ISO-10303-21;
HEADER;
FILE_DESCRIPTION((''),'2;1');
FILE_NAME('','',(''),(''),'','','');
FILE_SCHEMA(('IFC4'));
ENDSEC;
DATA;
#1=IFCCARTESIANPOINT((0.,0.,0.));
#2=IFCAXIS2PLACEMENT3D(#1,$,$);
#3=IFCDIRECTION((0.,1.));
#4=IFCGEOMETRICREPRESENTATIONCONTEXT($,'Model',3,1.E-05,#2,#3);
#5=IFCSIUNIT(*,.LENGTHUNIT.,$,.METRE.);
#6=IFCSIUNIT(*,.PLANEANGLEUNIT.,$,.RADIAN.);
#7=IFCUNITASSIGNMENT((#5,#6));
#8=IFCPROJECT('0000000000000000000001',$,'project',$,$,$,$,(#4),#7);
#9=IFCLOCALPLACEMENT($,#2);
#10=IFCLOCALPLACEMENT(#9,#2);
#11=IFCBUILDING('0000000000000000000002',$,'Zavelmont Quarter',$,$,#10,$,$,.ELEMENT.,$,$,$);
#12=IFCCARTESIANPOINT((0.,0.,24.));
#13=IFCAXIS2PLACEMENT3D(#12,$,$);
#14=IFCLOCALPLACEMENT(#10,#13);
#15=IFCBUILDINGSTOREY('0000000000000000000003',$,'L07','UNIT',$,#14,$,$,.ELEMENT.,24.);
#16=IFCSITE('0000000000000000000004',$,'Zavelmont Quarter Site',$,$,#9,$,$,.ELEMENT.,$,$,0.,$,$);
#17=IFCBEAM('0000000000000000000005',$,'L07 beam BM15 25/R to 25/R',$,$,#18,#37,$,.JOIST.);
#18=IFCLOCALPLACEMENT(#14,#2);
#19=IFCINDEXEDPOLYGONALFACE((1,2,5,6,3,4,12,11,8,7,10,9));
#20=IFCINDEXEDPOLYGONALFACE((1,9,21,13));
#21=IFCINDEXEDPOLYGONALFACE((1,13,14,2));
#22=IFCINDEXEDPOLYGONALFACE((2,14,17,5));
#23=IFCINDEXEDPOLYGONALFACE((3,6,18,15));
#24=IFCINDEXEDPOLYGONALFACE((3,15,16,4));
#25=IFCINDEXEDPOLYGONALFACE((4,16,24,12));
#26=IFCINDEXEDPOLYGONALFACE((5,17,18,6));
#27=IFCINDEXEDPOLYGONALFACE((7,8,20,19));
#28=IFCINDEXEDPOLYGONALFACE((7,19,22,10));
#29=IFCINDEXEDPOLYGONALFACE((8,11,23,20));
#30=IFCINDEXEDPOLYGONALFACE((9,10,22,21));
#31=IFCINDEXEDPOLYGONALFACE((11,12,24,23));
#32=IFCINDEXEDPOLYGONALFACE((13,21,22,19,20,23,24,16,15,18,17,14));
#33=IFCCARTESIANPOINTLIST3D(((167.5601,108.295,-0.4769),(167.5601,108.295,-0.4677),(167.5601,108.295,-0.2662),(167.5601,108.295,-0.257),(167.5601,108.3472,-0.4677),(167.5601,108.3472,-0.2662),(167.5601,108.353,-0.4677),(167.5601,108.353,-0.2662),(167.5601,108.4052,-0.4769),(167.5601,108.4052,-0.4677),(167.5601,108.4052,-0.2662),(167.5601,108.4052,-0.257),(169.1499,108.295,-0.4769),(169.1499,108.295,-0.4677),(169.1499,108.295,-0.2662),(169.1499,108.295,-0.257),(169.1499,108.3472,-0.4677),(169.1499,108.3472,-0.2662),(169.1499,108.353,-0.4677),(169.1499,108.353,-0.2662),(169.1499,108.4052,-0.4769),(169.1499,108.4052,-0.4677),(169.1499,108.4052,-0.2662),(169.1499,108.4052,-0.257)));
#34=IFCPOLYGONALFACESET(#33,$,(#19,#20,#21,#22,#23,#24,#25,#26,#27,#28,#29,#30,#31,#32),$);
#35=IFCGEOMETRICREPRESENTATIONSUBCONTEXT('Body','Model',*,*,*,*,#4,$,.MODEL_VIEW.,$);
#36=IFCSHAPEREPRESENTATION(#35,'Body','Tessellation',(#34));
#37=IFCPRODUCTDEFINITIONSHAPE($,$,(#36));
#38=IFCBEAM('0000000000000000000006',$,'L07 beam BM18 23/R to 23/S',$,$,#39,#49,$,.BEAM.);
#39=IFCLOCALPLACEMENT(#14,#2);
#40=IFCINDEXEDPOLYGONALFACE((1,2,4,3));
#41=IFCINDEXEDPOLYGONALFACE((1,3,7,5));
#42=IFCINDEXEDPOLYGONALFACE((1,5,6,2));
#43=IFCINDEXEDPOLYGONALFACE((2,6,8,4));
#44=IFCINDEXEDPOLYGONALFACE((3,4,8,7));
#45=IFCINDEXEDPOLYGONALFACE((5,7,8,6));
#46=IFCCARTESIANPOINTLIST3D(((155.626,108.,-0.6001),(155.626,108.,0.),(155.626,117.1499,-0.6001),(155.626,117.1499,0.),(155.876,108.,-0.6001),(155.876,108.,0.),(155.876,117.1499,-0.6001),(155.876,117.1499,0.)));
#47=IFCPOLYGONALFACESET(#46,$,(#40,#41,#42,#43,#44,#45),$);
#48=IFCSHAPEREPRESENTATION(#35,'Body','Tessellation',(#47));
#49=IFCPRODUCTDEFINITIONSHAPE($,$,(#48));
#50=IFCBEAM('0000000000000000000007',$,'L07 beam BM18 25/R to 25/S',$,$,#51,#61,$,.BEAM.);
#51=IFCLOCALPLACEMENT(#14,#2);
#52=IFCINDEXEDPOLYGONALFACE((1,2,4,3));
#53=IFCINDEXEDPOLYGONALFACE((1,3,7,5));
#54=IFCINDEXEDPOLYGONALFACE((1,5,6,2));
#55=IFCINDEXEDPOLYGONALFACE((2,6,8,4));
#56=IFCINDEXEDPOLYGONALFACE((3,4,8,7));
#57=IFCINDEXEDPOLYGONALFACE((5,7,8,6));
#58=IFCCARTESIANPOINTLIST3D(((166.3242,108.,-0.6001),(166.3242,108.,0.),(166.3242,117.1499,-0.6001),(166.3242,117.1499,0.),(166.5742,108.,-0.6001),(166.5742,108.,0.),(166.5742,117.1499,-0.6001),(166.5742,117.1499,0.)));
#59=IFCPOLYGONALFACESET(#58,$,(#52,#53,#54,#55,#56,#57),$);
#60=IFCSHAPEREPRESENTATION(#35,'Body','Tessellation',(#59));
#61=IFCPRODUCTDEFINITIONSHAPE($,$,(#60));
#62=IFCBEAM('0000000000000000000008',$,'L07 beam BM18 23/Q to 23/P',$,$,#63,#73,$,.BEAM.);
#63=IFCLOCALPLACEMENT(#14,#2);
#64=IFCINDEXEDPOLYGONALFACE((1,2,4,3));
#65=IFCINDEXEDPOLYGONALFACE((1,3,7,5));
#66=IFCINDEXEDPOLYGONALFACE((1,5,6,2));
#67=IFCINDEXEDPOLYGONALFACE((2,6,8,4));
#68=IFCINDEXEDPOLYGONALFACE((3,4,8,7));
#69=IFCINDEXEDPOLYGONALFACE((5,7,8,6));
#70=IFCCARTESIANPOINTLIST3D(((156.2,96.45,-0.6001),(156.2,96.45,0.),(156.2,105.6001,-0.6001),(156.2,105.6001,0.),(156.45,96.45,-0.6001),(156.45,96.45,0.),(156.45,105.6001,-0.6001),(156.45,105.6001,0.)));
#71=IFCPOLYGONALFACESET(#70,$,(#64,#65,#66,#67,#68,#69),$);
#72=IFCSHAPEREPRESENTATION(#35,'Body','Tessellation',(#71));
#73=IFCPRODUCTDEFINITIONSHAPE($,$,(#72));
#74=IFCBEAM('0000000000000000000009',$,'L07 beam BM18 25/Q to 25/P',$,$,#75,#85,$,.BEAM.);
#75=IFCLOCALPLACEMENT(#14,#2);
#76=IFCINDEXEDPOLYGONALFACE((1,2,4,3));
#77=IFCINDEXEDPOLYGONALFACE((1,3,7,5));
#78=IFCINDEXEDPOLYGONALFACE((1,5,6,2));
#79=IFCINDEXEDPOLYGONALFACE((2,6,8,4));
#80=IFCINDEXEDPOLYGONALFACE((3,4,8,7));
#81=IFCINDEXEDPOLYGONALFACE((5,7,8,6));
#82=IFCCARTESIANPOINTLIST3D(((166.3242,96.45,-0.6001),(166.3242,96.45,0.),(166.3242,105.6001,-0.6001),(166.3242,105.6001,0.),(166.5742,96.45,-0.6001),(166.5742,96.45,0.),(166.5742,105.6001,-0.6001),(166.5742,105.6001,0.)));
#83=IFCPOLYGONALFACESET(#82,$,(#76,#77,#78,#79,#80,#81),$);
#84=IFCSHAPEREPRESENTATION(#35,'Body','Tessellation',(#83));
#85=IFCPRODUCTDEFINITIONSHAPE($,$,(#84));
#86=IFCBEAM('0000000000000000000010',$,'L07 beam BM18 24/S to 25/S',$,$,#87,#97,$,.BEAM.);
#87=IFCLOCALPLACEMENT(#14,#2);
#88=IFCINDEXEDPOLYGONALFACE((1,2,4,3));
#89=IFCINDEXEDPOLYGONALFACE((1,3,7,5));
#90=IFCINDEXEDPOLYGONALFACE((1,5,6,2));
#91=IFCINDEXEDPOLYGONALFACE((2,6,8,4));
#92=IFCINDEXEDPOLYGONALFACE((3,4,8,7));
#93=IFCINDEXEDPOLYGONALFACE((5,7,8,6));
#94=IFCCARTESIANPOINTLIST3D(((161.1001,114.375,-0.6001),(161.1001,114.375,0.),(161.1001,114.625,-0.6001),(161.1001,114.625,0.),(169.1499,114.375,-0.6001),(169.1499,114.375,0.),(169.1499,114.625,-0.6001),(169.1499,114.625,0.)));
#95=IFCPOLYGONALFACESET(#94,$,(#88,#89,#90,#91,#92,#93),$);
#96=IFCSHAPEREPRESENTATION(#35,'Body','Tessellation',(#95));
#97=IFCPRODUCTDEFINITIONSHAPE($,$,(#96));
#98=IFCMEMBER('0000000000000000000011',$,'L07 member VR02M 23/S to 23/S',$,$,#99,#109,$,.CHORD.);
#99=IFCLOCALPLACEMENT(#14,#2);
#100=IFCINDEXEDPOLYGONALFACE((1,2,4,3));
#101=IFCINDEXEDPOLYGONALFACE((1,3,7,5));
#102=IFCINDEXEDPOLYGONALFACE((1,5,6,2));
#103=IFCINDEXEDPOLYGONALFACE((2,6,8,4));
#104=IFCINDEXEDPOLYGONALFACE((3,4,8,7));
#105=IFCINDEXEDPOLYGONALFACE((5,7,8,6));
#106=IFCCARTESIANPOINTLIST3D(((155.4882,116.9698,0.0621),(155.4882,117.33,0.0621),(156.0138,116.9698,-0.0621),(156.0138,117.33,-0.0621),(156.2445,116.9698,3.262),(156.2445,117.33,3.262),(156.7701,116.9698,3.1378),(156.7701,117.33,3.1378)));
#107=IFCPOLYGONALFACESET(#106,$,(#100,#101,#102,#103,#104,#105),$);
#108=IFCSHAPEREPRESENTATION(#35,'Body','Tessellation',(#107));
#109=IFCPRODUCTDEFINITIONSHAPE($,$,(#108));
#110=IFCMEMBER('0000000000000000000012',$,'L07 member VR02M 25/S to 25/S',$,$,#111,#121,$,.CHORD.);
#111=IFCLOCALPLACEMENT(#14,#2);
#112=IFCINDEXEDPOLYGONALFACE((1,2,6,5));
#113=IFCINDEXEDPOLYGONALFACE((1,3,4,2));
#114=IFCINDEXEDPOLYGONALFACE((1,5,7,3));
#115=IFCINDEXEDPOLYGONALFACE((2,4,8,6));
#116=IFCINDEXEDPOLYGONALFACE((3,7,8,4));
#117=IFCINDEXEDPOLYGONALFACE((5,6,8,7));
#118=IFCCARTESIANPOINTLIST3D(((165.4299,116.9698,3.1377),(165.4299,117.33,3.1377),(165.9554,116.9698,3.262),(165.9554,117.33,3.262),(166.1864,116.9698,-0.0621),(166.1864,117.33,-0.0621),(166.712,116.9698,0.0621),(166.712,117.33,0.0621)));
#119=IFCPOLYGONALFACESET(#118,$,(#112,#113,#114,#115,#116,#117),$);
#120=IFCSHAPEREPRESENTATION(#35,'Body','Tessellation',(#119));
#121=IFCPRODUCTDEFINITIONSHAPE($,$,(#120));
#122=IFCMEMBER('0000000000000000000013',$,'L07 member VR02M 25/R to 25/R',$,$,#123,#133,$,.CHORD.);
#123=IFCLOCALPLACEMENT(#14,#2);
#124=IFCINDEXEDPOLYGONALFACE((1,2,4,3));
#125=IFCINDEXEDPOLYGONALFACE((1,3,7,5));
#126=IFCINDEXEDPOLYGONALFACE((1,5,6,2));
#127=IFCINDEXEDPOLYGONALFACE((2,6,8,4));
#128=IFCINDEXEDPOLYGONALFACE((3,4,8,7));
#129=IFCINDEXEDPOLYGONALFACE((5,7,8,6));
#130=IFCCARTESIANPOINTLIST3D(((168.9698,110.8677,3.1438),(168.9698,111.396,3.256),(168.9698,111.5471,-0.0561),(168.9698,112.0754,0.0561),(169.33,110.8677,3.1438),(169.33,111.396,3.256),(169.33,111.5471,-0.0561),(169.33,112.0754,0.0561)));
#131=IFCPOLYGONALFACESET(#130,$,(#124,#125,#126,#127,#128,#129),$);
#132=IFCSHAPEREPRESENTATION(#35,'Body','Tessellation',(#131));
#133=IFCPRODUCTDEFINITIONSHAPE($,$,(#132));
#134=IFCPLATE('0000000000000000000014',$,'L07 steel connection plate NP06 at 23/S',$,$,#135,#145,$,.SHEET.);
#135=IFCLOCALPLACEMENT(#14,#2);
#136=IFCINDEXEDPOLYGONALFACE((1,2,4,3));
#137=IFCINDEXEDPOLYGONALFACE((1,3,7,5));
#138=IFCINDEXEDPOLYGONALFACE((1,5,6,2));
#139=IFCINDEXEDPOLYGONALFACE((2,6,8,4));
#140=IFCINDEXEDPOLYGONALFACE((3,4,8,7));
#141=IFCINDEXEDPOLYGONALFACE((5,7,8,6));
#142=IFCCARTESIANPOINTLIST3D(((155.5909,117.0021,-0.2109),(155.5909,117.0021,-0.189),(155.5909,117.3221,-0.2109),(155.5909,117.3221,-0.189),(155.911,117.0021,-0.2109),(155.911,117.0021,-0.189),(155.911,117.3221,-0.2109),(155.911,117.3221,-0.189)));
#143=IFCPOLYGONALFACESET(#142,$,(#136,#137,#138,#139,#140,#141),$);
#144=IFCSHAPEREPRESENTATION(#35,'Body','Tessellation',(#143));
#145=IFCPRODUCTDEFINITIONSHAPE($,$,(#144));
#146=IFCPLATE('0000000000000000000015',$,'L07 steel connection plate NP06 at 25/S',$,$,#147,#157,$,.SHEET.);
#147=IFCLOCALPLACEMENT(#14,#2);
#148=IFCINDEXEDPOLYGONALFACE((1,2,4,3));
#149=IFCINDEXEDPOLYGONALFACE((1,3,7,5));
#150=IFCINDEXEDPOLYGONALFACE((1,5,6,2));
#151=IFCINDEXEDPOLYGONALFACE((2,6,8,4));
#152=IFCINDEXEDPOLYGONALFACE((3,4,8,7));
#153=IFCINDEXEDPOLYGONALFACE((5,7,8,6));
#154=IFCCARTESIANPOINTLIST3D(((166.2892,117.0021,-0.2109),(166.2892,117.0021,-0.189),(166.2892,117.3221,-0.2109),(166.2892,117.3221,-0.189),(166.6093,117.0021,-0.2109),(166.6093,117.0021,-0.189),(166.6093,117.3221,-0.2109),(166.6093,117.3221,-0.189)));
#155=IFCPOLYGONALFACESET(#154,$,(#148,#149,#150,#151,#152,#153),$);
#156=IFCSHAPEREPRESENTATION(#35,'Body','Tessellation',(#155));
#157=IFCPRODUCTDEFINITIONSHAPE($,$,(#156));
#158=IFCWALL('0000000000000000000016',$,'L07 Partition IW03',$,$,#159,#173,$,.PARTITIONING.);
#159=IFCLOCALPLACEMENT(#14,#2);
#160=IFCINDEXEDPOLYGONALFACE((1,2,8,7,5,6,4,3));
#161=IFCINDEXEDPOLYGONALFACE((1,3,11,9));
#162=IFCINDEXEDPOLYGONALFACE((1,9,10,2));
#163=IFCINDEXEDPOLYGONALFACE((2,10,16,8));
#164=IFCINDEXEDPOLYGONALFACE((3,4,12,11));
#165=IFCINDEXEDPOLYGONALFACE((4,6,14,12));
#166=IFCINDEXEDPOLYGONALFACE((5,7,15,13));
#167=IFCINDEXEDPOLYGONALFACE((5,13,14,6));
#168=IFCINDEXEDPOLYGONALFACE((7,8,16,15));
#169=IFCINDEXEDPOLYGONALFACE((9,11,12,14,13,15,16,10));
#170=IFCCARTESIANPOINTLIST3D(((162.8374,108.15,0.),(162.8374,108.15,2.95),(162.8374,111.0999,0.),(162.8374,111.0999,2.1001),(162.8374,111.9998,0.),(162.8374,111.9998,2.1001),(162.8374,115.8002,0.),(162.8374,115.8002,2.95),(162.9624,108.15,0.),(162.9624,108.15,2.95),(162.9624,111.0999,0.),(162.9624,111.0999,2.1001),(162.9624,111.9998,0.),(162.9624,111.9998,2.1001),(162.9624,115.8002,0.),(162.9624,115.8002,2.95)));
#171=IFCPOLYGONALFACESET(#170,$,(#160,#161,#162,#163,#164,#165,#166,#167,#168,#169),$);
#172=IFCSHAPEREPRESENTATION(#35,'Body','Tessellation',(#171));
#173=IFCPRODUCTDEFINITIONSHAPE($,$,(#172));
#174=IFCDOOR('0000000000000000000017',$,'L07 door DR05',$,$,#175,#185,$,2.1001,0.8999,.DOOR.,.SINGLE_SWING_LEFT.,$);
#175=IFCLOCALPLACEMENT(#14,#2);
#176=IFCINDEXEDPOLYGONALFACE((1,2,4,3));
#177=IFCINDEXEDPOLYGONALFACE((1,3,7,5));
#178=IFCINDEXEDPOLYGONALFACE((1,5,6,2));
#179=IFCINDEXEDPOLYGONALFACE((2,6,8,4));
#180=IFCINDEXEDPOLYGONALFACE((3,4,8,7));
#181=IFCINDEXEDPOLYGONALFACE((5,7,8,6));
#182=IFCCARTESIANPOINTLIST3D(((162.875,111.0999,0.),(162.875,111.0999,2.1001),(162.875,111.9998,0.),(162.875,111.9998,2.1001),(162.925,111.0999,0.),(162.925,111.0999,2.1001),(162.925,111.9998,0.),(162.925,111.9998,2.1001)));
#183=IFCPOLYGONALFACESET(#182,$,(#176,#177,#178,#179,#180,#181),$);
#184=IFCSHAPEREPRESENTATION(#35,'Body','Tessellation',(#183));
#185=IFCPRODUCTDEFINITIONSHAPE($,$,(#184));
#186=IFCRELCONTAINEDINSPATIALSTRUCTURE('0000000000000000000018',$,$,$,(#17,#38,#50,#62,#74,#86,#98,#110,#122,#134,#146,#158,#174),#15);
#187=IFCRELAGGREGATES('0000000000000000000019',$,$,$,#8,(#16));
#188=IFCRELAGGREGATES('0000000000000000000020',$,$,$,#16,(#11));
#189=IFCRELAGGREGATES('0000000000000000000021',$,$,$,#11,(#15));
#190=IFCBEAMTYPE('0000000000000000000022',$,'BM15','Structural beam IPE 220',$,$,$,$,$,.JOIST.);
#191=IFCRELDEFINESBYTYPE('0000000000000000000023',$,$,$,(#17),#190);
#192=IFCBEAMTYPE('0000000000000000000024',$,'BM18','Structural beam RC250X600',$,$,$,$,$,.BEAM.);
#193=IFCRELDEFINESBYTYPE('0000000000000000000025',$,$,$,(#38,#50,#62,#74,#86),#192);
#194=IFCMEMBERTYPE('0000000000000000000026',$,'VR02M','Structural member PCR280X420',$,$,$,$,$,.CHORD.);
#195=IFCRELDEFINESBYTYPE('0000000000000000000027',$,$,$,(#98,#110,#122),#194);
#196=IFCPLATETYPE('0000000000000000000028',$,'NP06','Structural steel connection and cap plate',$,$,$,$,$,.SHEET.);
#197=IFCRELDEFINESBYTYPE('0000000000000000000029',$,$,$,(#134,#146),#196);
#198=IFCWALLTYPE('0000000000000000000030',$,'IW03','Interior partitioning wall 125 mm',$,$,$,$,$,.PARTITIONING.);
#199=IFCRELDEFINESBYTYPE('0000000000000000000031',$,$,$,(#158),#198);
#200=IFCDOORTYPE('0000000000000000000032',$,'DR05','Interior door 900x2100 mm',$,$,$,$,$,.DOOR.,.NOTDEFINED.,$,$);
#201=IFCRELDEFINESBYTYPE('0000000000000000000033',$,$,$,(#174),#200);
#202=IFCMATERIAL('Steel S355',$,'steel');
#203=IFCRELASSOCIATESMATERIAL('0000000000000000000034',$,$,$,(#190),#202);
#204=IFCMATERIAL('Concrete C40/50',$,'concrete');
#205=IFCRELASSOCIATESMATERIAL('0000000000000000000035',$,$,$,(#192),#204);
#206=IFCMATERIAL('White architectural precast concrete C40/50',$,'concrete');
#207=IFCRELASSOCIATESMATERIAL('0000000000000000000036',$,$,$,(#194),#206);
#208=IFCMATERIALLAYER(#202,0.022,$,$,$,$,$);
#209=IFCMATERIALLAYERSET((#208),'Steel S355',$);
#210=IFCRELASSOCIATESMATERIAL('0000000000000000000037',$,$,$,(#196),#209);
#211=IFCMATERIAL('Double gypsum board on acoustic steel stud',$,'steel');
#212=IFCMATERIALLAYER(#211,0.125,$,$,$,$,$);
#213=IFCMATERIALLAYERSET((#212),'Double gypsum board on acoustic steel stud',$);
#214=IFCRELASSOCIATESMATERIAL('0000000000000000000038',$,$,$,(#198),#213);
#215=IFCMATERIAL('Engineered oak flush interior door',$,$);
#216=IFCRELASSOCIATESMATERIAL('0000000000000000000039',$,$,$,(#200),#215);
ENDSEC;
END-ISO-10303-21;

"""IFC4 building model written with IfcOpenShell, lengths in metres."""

from ifc_helpers import new_model, si_unit, direction, frame, frame_2d, origin, origin_with_axes, origin_2d, place, context, subcontext, project, spatial, rectangle, i_section, extrude, material, layer, layer_set, material_profile, profile_set, type_object, element, fill, save


model = new_model("IFC4")

# Units and contexts
model_context = context("Model", 3, precision=1e-05, world=origin(), true_north=direction((0.0, 1.0)))
body_context = subcontext(model_context, "Body", "Model", "MODEL_VIEW")
ifc_project = project(units=[si_unit("LENGTHUNIT", "METRE"), si_unit("PLANEANGLEUNIT", "RADIAN")], contexts=[model_context])

# Site, building, storey
site_placement = place(None, origin())
site = spatial("IfcSite", under=ifc_project, at=site_placement, Name="Zavelmont Quarter Site", CompositionType="ELEMENT", RefElevation=0.0)
building_placement = place(site_placement, origin())
building = spatial("IfcBuilding", under=site, at=building_placement, Name="Zavelmont Quarter", CompositionType="ELEMENT")
storey_placement = place(building_placement, frame((0.0, 0.0, 24.0)))
storey = spatial("IfcBuildingStorey", under=building, at=storey_placement, Name="L07", Description="UNIT", CompositionType="ELEMENT", Elevation=24.0)

# Beams
ifc_material_1 = material(Name="Steel S355", Category="steel")
ifc_material_profile_1 = material_profile(ifc_material_1, i_section(OverallWidth=0.1101, OverallDepth=0.22, WebThickness=0.0059, FlangeThickness=0.0093, at=origin_2d()), Name="IPE 220")
ifc_profile_set_1 = profile_set([ifc_material_profile_1], Name="Steel S355")
beam_type_1 = type_object("IfcBeamType", Name="BM15", Description="Structural beam IPE 220", PredefinedType="JOIST", material=ifc_profile_set_1)
for number, where, z_axis, x_axis, name in (
    (1, (167.5601, 108.3501, -0.3669), (1.0, 0.0, 0.0), (0.0, 1.0, 0.0), "L07 beam BM15 25/R to 25/R"),
):
    element("IfcBeam", number, at=place(storey_placement, frame(where, z_axis=z_axis, x_axis=x_axis)), inside=storey, type_object=beam_type_1, Name=name, PredefinedType="JOIST", context=body_context, shape_type="SweptSolid", body=[
        extrude(i_section(OverallWidth=0.1101, OverallDepth=0.22, WebThickness=0.0059, FlangeThickness=0.0093, at=origin_2d()), origin(), (0.0, 0.0, 1.0), 1.5898),
    ])
ifc_material_2 = material(Name="Concrete C40/50", Category="concrete")
ifc_material_profile_2 = material_profile(ifc_material_2, rectangle(XDim=0.25, YDim=0.6001, at=origin_2d()), Name="RC250X600")
ifc_profile_set_2 = profile_set([ifc_material_profile_2], Name="Concrete C40/50")
beam_type_2 = type_object("IfcBeamType", Name="BM18", Description="Structural beam RC250X600", PredefinedType="BEAM", material=ifc_profile_set_2)
for number, where, z_axis, x_axis, name in (
    (2, (155.751, 108.0, -0.3), (0.0, 1.0, 0.0), (-1.0, 0.0, 0.0), "L07 beam BM18 23/R to 23/S"),
    (3, (166.4492, 108.0, -0.3), (0.0, 1.0, 0.0), (-1.0, 0.0, 0.0), "L07 beam BM18 25/R to 25/S"),
):
    element("IfcBeam", number, at=place(storey_placement, frame(where, z_axis=z_axis, x_axis=x_axis)), inside=storey, type_object=beam_type_2, Name=name, PredefinedType="BEAM", context=body_context, shape_type="SweptSolid", body=[
        extrude(rectangle(XDim=0.25, YDim=0.6001, at=origin_2d()), origin(), (0.0, 0.0, 1.0), 9.1499),
    ])
for number, where, z_axis, x_axis, name in (
    (4, (156.325, 105.6001, -0.3), (0.0, -1.0, 0.0), (1.0, 0.0, 0.0), "L07 beam BM18 23/Q to 23/P"),
    (5, (166.4492, 105.6001, -0.3), (0.0, -1.0, 0.0), (1.0, 0.0, 0.0), "L07 beam BM18 25/Q to 25/P"),
):
    element("IfcBeam", number, at=place(storey_placement, frame(where, z_axis=z_axis, x_axis=x_axis)), inside=storey, type_object=beam_type_2, Name=name, PredefinedType="BEAM", context=body_context, shape_type="SweptSolid", body=[
        extrude(rectangle(XDim=0.25, YDim=0.6001, at=origin_2d()), origin(), (0.0, 0.0, 1.0), 9.1501),
    ])
beam_1_placement = place(storey_placement, frame((161.1001, 114.5, -0.3), z_axis=(1.0, 0.0, 0.0), x_axis=(0.0, 1.0, 0.0)))
element("IfcBeam", 6, at=beam_1_placement, inside=storey, type_object=beam_type_2, Name="L07 beam BM18 24/S to 25/S", PredefinedType="BEAM", context=body_context, shape_type="SweptSolid", body=[
    extrude(rectangle(XDim=0.25, YDim=0.6001, at=origin_2d()), origin(), (0.0, 0.0, 1.0), 8.0498),
])

# Members
ifc_material_3 = material(Name="White architectural precast concrete C40/50", Category="concrete")
ifc_material_profile_3 = material_profile(ifc_material_3, rectangle(XDim=0.3601, YDim=0.54, at=origin_2d()), Name="PCR280X420")
ifc_profile_set_3 = profile_set([ifc_material_profile_3], Name="White architectural precast concrete C40/50")
member_type = type_object("IfcMemberType", Name="VR02M", Description="Structural member PCR280X420", PredefinedType="CHORD", material=ifc_profile_set_3)
for number, where, z_axis, x_axis, name in (
    (7, (155.751, 117.1499, 0.0), (0.230024, 0.0, 0.973185), (0.0, 1.0, 0.0), "L07 member VR02M 23/S to 23/S"),
    (8, (166.4492, 117.1499, 0.0), (-0.230094, 0.0, 0.973168), (0.0, -1.0, 0.0), "L07 member VR02M 25/S to 25/S"),
):
    element("IfcMember", number, at=place(storey_placement, frame(where, z_axis=z_axis, x_axis=x_axis)), inside=storey, type_object=member_type, Name=name, PredefinedType="CHORD", context=body_context, shape_type="SweptSolid", body=[
        extrude(rectangle(XDim=0.3601, YDim=0.54, at=origin_2d()), origin(), (0.0, 0.0, 1.0), 3.2881),
    ])
member_placement = place(storey_placement, frame((169.1499, 111.8113, 0.0), z_axis=(0.0, -0.207699, 0.978193), x_axis=(1.0, 0.0, 0.0)))
element("IfcMember", 9, at=member_placement, inside=storey, type_object=member_type, Name="L07 member VR02M 25/R to 25/R", PredefinedType="CHORD", context=body_context, shape_type="SweptSolid", body=[
    extrude(rectangle(XDim=0.3601, YDim=0.54, at=origin_2d()), origin(), (0.0, 0.0, 1.0), 3.2712),
])

# Plates
ifc_layer_1 = layer(ifc_material_1, 0.022)
ifc_layer_set_1 = layer_set([ifc_layer_1], Name="Steel S355")
plate_type = type_object("IfcPlateType", Name="NP06", Description="Structural steel connection and cap plate", PredefinedType="SHEET", material=ifc_layer_set_1)
for number, where, z_axis, x_axis, name in (
    (10, (155.751, 117.1621, -0.2109), (0.0, 0.0, 1.0), (1.0, 0.0, 0.0), "L07 steel connection plate NP06 at 23/S"),
    (11, (166.4492, 117.1621, -0.2109), (0.0, 0.0, 1.0), (1.0, 0.0, 0.0), "L07 steel connection plate NP06 at 25/S"),
):
    element("IfcPlate", number, at=place(storey_placement, frame(where, z_axis=z_axis, x_axis=x_axis)), inside=storey, type_object=plate_type, Name=name, PredefinedType="SHEET", context=body_context, shape_type="SweptSolid", body=[
        extrude(rectangle(XDim=0.3201, YDim=0.3201, at=origin_2d()), origin(), (0.0, 0.0, 1.0), 0.022),
    ])

# Wall, opening, door
ifc_material_4 = material(Name="Double gypsum board on acoustic steel stud", Category="steel")
ifc_layer_2 = layer(ifc_material_4, 0.125)
ifc_layer_set_2 = layer_set([ifc_layer_2], Name="Double gypsum board on acoustic steel stud")
wall_type_1 = type_object("IfcWallType", Name="IW03", Description="Interior partitioning wall 125 mm", PredefinedType="PARTITIONING", material=ifc_layer_set_2)
wall_1_placement = place(storey_placement, frame((162.8999, 108.1499, 0.0), z_axis=(0.0, 0.0, 1.0), x_axis=(0.0, 1.0, 0.0)))
wall_1 = element("IfcWall", 12, at=wall_1_placement, inside=storey, type_object=wall_type_1, Name="L07 Partition IW03", PredefinedType="PARTITIONING", context=body_context, shape_type="SweptSolid", body=[
    extrude(rectangle(XDim=7.6501, YDim=0.125, at=frame_2d((3.8252, 0.0))), origin(), (0.0, 0.0, 1.0), 2.95),
])
opening_1_placement = place(wall_1_placement, frame((2.95, 0.0, 0.0)))
opening_1 = element("IfcOpeningElement", 13, at=opening_1_placement, cuts=wall_1, PredefinedType="OPENING", context=body_context, shape_type="SweptSolid", body=[
    extrude(rectangle(XDim=0.8999, YDim=2.1001, at=frame_2d((0.45, 1.05))), frame((0.0, 0.0745, 0.0), z_axis=(0.0, -1.0, 0.0), x_axis=(1.0, 0.0, 0.0)), (0.0, 0.0, 1.0), 0.1489),
])
ifc_material_5 = material(Name="Engineered oak flush interior door")
door_type_1 = type_object("IfcDoorType", Name="DR05", Description="Interior door 900x2100 mm", OperationType="NOTDEFINED", PredefinedType="DOOR", material=ifc_material_5)
door_1_placement = place(opening_1_placement, origin_with_axes())
door_1 = element("IfcDoor", 14, at=door_1_placement, inside=storey, type_object=door_type_1, Name="L07 door DR05", OperationType="SINGLE_SWING_LEFT", OverallHeight=2.1001, OverallWidth=0.8999, PredefinedType="DOOR", context=body_context, shape_type="SweptSolid", body=[
    extrude(rectangle(XDim=0.8999, YDim=2.1001, at=frame_2d((0.45, 1.05))), frame((0.0, 0.0249, 0.0), z_axis=(0.0, -1.0, 0.0), x_axis=(1.0, 0.0, 0.0)), (0.0, 0.0, 1.0), 0.05),
])
fill(opening_1, door_1)

save(model, "model.ifc")
